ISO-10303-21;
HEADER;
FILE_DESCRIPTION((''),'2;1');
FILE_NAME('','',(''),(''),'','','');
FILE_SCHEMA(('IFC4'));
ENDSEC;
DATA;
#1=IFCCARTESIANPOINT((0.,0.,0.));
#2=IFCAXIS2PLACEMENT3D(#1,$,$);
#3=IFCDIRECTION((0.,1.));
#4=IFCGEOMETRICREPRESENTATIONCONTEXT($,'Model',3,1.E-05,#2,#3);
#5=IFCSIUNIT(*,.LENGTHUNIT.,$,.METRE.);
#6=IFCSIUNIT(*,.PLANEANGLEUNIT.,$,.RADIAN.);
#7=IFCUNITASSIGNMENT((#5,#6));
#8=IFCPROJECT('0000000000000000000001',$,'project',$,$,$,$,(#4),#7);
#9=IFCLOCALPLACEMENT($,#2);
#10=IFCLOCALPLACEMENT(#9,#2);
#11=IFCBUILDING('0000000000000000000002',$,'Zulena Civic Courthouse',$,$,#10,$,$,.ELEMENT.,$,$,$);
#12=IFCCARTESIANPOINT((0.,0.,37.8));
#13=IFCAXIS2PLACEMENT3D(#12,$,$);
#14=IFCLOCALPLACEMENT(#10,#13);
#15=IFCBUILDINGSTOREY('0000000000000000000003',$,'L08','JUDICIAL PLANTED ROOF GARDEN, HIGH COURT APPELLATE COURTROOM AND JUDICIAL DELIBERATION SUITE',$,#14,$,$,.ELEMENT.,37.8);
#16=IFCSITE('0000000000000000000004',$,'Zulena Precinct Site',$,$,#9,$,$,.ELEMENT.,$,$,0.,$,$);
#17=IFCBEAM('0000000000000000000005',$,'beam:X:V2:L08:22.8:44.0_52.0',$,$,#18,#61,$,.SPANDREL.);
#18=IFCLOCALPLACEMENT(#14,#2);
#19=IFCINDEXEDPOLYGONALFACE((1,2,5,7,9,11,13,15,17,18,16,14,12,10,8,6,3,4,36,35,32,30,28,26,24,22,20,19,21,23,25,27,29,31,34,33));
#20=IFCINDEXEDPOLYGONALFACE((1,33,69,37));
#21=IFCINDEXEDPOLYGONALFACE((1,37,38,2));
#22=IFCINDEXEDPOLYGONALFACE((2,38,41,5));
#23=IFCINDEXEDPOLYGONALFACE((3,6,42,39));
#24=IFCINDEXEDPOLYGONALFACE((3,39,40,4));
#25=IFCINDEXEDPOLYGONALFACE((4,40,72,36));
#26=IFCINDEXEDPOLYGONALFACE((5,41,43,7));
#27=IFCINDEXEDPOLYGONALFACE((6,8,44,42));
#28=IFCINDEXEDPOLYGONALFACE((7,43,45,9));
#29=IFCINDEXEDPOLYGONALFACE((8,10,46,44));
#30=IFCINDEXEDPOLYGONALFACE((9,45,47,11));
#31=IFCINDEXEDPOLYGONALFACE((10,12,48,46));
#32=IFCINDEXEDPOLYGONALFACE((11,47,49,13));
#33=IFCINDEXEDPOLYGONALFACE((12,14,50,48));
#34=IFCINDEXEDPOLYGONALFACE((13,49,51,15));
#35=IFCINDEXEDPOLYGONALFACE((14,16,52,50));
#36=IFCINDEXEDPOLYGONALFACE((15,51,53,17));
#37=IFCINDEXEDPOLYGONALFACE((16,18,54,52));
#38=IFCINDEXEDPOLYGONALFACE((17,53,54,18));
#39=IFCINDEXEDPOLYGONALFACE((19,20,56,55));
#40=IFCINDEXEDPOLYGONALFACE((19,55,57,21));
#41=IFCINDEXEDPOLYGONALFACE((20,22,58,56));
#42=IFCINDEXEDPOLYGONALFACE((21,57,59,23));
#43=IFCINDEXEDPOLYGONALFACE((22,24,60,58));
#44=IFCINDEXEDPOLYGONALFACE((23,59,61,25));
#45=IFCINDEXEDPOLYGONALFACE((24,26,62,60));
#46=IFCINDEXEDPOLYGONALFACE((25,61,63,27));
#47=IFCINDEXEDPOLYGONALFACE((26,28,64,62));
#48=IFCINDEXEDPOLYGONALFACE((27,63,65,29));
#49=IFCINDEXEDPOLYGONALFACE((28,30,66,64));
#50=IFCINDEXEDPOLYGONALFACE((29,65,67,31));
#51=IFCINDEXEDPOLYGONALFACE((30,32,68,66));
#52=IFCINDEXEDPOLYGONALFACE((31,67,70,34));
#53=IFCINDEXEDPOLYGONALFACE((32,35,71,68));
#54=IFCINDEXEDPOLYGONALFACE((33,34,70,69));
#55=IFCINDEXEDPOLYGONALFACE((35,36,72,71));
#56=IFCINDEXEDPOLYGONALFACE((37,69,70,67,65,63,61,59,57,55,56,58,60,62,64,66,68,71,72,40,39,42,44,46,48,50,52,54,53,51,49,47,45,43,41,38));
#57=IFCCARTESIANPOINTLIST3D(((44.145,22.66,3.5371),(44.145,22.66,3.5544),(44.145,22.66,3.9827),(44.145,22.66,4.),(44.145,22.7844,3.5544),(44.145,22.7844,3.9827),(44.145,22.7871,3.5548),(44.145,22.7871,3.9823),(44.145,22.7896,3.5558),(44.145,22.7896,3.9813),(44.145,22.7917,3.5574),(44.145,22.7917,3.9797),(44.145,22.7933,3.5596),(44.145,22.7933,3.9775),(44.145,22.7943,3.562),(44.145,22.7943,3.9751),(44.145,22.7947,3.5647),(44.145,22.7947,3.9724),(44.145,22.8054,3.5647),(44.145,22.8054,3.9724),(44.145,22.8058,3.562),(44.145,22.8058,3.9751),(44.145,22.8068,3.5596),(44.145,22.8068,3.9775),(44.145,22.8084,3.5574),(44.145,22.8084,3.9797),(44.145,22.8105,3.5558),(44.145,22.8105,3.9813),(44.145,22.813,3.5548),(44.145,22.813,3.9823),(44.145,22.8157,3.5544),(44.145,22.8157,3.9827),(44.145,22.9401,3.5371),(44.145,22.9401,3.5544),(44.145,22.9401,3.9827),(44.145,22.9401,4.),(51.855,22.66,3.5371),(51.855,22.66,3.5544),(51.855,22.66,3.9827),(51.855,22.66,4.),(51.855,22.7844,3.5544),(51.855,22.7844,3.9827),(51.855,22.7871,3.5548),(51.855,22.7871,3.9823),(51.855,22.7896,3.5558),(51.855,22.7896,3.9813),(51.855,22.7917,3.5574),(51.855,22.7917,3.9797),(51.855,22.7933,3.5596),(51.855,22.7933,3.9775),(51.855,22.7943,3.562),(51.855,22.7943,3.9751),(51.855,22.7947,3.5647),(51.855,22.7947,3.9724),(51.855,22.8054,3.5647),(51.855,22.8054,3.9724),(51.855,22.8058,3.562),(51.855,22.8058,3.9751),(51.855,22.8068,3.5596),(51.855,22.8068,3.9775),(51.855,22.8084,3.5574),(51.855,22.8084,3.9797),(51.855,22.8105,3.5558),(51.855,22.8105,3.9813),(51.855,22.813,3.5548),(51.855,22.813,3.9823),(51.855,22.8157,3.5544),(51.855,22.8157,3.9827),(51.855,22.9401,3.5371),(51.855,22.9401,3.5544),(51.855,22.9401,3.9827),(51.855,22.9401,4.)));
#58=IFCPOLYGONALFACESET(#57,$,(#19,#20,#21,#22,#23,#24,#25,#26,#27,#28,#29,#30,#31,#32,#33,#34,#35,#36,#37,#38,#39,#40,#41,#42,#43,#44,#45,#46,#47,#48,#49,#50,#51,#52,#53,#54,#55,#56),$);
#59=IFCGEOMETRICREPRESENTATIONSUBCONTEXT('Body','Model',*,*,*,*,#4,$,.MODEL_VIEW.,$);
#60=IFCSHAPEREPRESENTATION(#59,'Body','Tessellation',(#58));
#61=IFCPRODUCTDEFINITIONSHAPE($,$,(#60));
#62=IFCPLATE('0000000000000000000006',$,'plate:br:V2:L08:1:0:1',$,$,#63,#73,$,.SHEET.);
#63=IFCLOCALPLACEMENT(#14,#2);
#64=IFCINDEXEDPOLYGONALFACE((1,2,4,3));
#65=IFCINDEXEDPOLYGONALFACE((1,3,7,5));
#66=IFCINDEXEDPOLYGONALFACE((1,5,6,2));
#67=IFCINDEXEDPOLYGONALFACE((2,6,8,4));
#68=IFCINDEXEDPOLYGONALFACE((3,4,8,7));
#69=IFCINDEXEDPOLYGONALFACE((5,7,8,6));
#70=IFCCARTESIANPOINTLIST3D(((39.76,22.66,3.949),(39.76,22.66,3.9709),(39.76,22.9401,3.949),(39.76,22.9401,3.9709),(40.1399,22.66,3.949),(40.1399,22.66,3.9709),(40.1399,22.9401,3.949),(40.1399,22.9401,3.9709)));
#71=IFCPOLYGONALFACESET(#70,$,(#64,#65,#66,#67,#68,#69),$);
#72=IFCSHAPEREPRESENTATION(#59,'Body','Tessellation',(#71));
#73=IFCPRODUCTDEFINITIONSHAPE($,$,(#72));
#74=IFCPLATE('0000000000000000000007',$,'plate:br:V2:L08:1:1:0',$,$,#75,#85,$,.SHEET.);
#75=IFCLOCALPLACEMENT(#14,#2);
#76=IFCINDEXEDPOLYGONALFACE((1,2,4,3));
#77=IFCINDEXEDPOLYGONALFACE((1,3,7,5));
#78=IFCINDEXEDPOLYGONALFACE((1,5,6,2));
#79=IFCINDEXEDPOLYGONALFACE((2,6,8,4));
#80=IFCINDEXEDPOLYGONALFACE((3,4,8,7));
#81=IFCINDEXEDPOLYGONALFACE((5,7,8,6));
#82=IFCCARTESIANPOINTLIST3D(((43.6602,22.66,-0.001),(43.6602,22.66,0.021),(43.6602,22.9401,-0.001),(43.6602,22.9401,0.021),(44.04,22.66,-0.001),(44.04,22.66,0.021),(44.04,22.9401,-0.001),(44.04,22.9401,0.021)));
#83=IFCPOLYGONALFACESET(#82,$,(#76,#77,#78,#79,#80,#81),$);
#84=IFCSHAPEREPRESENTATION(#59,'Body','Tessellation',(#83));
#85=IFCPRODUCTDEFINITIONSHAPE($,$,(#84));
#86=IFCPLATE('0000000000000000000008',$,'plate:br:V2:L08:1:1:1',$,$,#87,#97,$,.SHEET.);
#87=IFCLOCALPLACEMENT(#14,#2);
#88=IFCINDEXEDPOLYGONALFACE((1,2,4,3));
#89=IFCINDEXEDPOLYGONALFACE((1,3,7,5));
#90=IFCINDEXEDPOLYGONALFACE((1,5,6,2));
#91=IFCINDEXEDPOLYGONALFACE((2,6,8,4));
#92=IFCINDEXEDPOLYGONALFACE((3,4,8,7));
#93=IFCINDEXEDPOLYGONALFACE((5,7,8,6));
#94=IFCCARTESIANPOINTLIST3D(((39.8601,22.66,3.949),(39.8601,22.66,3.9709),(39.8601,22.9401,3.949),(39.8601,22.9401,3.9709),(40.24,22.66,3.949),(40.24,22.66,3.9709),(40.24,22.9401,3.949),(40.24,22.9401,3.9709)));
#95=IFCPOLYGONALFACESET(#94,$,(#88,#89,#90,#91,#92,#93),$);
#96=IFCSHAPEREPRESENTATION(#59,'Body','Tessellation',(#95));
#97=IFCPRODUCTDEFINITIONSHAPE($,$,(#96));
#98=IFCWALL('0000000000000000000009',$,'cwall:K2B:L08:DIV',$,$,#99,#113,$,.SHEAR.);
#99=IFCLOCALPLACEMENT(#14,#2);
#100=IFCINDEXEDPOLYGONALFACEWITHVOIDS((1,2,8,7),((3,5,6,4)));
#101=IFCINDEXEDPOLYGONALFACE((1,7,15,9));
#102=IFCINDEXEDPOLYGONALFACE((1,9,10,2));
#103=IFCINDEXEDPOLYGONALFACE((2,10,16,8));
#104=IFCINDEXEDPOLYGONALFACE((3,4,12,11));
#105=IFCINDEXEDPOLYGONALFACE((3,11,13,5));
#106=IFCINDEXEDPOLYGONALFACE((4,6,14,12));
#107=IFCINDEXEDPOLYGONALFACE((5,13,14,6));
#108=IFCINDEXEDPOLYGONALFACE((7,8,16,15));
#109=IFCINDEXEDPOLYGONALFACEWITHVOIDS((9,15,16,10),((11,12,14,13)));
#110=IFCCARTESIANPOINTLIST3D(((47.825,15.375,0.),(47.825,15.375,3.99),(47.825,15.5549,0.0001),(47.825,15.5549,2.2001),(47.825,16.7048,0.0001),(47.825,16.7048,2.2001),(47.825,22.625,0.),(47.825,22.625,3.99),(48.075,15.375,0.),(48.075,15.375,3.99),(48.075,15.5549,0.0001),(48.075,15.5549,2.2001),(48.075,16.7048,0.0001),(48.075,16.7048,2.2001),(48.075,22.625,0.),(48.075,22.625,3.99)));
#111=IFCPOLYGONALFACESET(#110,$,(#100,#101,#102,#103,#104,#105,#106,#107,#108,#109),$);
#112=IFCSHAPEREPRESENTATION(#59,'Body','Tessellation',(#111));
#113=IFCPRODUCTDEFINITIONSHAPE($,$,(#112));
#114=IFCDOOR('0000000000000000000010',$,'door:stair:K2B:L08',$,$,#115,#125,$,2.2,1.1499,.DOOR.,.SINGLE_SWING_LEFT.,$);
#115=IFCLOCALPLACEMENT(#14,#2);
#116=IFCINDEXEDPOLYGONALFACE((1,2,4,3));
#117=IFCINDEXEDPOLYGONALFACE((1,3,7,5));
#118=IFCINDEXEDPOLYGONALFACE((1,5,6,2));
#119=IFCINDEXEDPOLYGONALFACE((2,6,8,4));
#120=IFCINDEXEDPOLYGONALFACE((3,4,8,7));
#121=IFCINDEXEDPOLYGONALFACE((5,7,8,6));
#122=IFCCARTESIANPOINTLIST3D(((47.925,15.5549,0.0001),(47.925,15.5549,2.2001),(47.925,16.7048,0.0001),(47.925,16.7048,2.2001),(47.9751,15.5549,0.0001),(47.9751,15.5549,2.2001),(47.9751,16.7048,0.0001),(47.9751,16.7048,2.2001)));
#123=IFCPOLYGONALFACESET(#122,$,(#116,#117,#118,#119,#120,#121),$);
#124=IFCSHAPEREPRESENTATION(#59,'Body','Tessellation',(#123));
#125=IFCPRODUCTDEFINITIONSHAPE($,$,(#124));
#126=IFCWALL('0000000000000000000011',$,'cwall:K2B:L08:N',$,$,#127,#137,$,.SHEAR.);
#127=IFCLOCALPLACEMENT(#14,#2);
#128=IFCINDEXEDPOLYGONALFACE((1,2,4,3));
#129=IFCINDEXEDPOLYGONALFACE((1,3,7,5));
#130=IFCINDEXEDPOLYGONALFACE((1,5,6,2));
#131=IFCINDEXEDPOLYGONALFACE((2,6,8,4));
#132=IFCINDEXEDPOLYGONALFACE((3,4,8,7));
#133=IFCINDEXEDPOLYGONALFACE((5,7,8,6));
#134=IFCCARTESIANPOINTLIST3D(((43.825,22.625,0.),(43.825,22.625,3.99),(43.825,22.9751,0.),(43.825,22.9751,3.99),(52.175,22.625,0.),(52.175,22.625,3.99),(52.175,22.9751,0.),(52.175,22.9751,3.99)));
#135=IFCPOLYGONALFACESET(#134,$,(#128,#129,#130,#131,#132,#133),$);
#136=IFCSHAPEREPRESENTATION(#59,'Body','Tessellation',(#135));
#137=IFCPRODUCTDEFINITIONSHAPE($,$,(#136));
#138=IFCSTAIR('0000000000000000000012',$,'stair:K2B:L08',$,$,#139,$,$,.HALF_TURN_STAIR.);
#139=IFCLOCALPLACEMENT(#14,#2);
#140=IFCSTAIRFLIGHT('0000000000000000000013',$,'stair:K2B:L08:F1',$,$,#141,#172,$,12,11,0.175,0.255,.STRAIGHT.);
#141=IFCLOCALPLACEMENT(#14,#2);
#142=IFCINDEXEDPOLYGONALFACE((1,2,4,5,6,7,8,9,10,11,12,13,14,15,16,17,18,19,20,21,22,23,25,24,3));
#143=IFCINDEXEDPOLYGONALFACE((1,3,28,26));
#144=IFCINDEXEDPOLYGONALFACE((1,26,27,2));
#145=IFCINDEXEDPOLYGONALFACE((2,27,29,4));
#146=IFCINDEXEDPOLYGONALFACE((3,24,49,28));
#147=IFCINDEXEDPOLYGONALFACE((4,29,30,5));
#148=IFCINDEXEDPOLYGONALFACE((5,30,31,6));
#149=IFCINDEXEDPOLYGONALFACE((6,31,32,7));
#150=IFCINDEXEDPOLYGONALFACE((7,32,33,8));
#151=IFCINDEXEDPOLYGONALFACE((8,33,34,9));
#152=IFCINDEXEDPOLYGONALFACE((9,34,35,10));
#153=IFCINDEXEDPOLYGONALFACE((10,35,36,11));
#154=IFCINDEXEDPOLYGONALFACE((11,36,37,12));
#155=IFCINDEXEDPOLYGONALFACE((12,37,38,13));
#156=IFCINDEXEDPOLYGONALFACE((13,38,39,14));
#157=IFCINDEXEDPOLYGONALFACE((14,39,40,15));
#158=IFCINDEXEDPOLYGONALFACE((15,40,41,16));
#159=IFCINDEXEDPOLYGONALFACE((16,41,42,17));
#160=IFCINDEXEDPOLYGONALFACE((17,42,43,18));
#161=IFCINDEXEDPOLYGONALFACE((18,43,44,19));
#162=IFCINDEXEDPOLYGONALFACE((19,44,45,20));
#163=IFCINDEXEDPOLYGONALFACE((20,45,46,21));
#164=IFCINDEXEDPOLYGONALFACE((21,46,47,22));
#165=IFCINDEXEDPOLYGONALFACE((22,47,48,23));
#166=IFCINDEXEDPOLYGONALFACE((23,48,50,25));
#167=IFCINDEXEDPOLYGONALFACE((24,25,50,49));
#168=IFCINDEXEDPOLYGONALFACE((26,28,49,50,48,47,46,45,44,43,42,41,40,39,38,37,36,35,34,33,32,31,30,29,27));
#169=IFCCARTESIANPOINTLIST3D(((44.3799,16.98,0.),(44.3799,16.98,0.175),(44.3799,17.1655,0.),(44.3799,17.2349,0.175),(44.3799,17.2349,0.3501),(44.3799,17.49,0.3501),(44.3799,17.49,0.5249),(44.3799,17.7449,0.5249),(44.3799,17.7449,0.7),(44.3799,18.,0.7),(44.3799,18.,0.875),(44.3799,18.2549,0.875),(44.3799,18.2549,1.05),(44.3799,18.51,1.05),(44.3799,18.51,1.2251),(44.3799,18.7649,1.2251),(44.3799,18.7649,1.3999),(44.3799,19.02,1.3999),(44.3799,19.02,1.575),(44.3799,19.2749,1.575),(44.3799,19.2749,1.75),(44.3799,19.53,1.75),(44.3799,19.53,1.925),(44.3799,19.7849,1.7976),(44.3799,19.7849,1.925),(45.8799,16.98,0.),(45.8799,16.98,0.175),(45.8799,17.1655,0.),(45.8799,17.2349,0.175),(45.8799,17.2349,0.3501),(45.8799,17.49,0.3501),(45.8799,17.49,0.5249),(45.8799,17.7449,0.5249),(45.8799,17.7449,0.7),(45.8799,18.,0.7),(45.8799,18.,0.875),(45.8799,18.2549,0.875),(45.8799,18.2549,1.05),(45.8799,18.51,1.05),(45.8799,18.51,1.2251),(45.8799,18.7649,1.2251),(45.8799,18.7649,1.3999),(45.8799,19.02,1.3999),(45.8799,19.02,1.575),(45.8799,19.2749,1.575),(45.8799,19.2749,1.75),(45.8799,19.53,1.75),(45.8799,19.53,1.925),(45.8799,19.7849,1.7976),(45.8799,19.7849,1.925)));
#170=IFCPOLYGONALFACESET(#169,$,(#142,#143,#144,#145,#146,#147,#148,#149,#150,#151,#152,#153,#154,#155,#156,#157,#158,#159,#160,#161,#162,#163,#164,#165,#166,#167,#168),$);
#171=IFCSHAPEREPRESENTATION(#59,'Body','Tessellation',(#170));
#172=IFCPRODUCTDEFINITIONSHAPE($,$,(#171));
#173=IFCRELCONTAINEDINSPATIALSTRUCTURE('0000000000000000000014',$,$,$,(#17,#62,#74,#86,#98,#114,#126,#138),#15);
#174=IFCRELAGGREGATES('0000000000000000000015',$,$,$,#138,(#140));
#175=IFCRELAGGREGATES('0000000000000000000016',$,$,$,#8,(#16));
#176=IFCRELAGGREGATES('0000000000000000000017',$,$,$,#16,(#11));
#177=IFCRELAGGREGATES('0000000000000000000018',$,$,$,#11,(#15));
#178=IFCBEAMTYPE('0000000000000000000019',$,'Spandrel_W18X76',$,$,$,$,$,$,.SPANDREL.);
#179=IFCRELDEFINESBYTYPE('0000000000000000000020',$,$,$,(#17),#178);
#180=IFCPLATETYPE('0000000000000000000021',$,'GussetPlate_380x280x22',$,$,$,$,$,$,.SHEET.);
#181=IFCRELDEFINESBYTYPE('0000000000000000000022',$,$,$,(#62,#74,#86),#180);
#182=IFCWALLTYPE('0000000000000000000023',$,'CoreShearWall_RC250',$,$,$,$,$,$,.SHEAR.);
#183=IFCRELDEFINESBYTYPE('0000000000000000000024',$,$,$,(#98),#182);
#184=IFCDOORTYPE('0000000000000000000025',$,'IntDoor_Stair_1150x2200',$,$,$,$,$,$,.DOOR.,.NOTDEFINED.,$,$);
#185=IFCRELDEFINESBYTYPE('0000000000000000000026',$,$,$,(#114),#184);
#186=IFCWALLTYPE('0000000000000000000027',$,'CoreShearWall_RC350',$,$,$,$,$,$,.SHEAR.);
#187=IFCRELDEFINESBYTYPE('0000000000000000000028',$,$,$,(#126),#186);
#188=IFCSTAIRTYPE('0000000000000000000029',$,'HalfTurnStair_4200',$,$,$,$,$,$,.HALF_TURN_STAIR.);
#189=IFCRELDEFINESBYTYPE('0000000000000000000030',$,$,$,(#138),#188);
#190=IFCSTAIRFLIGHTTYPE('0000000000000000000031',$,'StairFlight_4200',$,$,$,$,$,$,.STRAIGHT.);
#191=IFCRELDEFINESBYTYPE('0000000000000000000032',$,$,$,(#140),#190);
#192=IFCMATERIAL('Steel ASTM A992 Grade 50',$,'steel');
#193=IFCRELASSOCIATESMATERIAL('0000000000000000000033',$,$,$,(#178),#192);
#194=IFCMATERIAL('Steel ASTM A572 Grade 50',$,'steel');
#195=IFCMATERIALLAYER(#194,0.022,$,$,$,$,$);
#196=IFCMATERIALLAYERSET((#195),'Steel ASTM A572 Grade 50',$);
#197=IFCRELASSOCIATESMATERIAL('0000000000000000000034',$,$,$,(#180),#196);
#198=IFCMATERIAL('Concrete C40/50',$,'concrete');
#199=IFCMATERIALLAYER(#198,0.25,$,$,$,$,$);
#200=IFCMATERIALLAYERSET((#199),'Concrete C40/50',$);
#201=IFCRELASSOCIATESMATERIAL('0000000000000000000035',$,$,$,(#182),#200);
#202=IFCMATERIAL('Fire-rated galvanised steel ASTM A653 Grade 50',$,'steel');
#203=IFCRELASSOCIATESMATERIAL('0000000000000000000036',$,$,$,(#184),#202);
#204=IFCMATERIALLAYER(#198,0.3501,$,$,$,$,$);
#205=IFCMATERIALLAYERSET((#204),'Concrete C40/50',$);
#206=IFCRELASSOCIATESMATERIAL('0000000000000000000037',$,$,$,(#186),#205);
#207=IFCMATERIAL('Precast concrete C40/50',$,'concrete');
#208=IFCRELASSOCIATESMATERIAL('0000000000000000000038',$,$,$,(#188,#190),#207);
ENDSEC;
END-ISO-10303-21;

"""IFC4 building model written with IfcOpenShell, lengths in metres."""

from ifc_helpers import new_model, si_unit, direction, frame, frame_2d, origin, origin_2d, place, context, subcontext, project, spatial, polyline, rectangle, i_section, outline, extrude, material, layer, layer_set, material_profile, profile_set, type_object, element, fill, aggregate, save


model = new_model("IFC4")

# Units and contexts
model_context = context("Model", 3, precision=1e-05, world=origin(), true_north=direction((0.0, 1.0)))
body_context = subcontext(model_context, "Body", "Model", "MODEL_VIEW")
ifc_project = project(units=[si_unit("LENGTHUNIT", "METRE"), si_unit("PLANEANGLEUNIT", "RADIAN")], contexts=[model_context])

# Site, building, storey
site_placement = place(None, origin())
site = spatial("IfcSite", under=ifc_project, at=site_placement, Name="Zulena Precinct Site", CompositionType="ELEMENT", RefElevation=0.0)
building_placement = place(site_placement, origin())
building = spatial("IfcBuilding", under=site, at=building_placement, Name="Zulena Civic Courthouse", CompositionType="ELEMENT")
storey_placement = place(building_placement, frame((0.0, 0.0, 37.8)))
storey = spatial("IfcBuildingStorey", under=building, at=storey_placement, Name="L08", Description="JUDICIAL PLANTED ROOF GARDEN, HIGH COURT APPELLATE COURTROOM AND JUDICIAL DELIBERATION SUITE", CompositionType="ELEMENT", Elevation=37.8)

# Shared definitions
ifc_material_1 = material(Name="Steel ASTM A992 Grade 50", Category="steel")

# Beam
ifc_material_profile_1 = material_profile(ifc_material_1, i_section(OverallWidth=0.28, OverallDepth=0.4629, WebThickness=0.0107, FlangeThickness=0.0173, FilletRadius=0.0103, at=origin_2d()), Name="W18X76")
ifc_profile_set_1 = profile_set([ifc_material_profile_1], Name="Steel ASTM A992 Grade 50")
beam_type_1 = type_object("IfcBeamType", Name="Spandrel_W18X76", PredefinedType="SPANDREL", material=ifc_profile_set_1)
beam_placement = place(storey_placement, frame((44.145, 22.8, 3.7686), z_axis=(1.0, 0.0, 0.0), x_axis=(0.0, 1.0, 0.0)))
element("IfcBeam", 1, at=beam_placement, inside=storey, type_object=beam_type_1, Name="beam:X:V2:L08:22.8:44.0_52.0", PredefinedType="SPANDREL", context=body_context, shape_type="SweptSolid", body=[
    extrude(i_section(OverallWidth=0.28, OverallDepth=0.4629, WebThickness=0.0107, FlangeThickness=0.0173, FilletRadius=0.0103, at=origin_2d()), origin(), (0.0, 0.0, 1.0), 7.71),
])

# Plates
ifc_material_2 = material(Name="Steel ASTM A572 Grade 50", Category="steel")
ifc_layer_1 = layer(ifc_material_2, 0.022)
ifc_layer_set_1 = layer_set([ifc_layer_1], Name="Steel ASTM A572 Grade 50")
plate_type = type_object("IfcPlateType", Name="GussetPlate_380x280x22", PredefinedType="SHEET", material=ifc_layer_set_1)
for number, where, z_axis, x_axis, name in (
    (2, (39.95, 22.8, 3.949), (0.0, 0.0, 1.0), (1.0, 0.0, 0.0), "plate:br:V2:L08:1:0:1"),
    (3, (43.8501, 22.8, -0.001), (0.0, 0.0, 1.0), (1.0, 0.0, 0.0), "plate:br:V2:L08:1:1:0"),
    (4, (40.05, 22.8, 3.949), (0.0, 0.0, 1.0), (1.0, 0.0, 0.0), "plate:br:V2:L08:1:1:1"),
):
    element("IfcPlate", number, at=place(storey_placement, frame(where, z_axis=z_axis, x_axis=x_axis)), inside=storey, type_object=plate_type, Name=name, PredefinedType="SHEET", context=body_context, shape_type="SweptSolid", body=[
        extrude(rectangle(XDim=0.3799, YDim=0.28, at=origin_2d()), origin(), (0.0, 0.0, 1.0), 0.022),
    ])

# Wall, opening, door
ifc_material_3 = material(Name="Concrete C40/50", Category="concrete")
ifc_layer_2 = layer(ifc_material_3, 0.25)
ifc_layer_set_2 = layer_set([ifc_layer_2], Name="Concrete C40/50")
wall_type_1 = type_object("IfcWallType", Name="CoreShearWall_RC250", PredefinedType="SHEAR", material=ifc_layer_set_2)
wall_1_placement = place(storey_placement, frame((47.95, 15.375, 0.0), z_axis=(0.0, 0.0, 1.0), x_axis=(0.0, 1.0, 0.0)))
wall_1 = element("IfcWall", 5, at=wall_1_placement, inside=storey, type_object=wall_type_1, Name="cwall:K2B:L08:DIV", PredefinedType="SHEAR", context=body_context, shape_type="SweptSolid", body=[
    extrude(rectangle(XDim=7.25, YDim=0.25, at=frame_2d((3.625, 0.0))), origin(), (0.0, 0.0, 1.0), 3.99),
])
opening_placement = place(wall_1_placement, frame((0.1799, 0.0, 0.0)))
opening = element("IfcOpeningElement", 6, at=opening_placement, cuts=wall_1, PredefinedType="OPENING", context=body_context, shape_type="SweptSolid", body=[
    extrude(rectangle(XDim=1.1499, YDim=2.2, at=frame_2d((0.575, 1.1001))), frame((0.0, 0.135, 0.0), z_axis=(0.0, -1.0, 0.0), x_axis=(1.0, 0.0, 0.0)), (0.0, 0.0, 1.0), 0.27),
])
ifc_material_4 = material(Name="Fire-rated galvanised steel ASTM A653 Grade 50", Category="steel")
door_type = type_object("IfcDoorType", Name="IntDoor_Stair_1150x2200", OperationType="NOTDEFINED", PredefinedType="DOOR", material=ifc_material_4)
door_placement = place(opening_placement, origin())
door = element("IfcDoor", 7, at=door_placement, inside=storey, type_object=door_type, Name="door:stair:K2B:L08", OperationType="SINGLE_SWING_LEFT", OverallHeight=2.2, OverallWidth=1.1499, PredefinedType="DOOR", context=body_context, shape_type="SweptSolid", body=[
    extrude(rectangle(XDim=1.1499, YDim=2.2, at=frame_2d((0.575, 1.1001))), frame((0.0, 0.0249, 0.0), z_axis=(0.0, -1.0, 0.0), x_axis=(1.0, 0.0, 0.0)), (0.0, 0.0, 1.0), 0.05),
])
fill(opening, door)

# Wall
ifc_layer_3 = layer(ifc_material_3, 0.3501)
ifc_layer_set_3 = layer_set([ifc_layer_3], Name="Concrete C40/50")
wall_type_2 = type_object("IfcWallType", Name="CoreShearWall_RC350", PredefinedType="SHEAR", material=ifc_layer_set_3)
wall_2_placement = place(storey_placement, frame((43.825, 22.8, 0.0), z_axis=(0.0, 0.0, 1.0), x_axis=(1.0, 0.0, 0.0)))
element("IfcWall", 8, at=wall_2_placement, inside=storey, type_object=wall_type_2, Name="cwall:K2B:L08:N", PredefinedType="SHEAR", context=body_context, shape_type="SweptSolid", body=[
    extrude(rectangle(XDim=8.3501, YDim=0.3501, at=frame_2d((4.175, 0.0))), origin(), (0.0, 0.0, 1.0), 3.99),
])

# Stair, stair flight
ifc_material_5 = material(Name="Precast concrete C40/50", Category="concrete")
stair_type = type_object("IfcStairType", Name="HalfTurnStair_4200", PredefinedType="HALF_TURN_STAIR", material=ifc_material_5)
stair_placement = place(storey_placement, origin())
stair = element("IfcStair", 9, at=stair_placement, inside=storey, type_object=stair_type, Name="stair:K2B:L08", PredefinedType="HALF_TURN_STAIR")
stair_flight_type = type_object("IfcStairFlightType", Name="StairFlight_4200", PredefinedType="STRAIGHT", material=ifc_material_5)
stair_flight_1_placement = place(storey_placement, frame((45.1299, 16.98, 0.0), z_axis=(0.0, 0.0, 1.0), x_axis=(0.0, 1.0, 0.0)))
stair_flight_1 = element("IfcStairFlight", 10, at=stair_flight_1_placement, type_object=stair_flight_type, Name="stair:K2B:L08:F1", NumberOfRisers=12, NumberOfTreads=11, PredefinedType="STRAIGHT", RiserHeight=0.175, TreadLength=0.255, context=body_context, shape_type="SweptSolid", body=[
    extrude(outline(polyline([(0.0, 0.0), (0.0, 0.175), (0.2549, 0.175), (0.2549, 0.3501), (0.51, 0.3501), (0.51, 0.5249), (0.7649, 0.5249), (0.7649, 0.7), (1.02, 0.7), (1.02, 0.875), (1.2749, 0.875), (1.2749, 1.05), (1.53, 1.05), (1.53, 1.2251), (1.7849, 1.2251), (1.7849, 1.3999), (2.04, 1.3999), (2.04, 1.575), (2.2949, 1.575), (2.2949, 1.75), (2.55, 1.75), (2.55, 1.925), (2.8049, 1.925), (2.8049, 2.1001), (2.8049, 1.7976), (0.1855, 0.0), (0.0, 0.0)])), frame((0.0, 0.75, 0.0), z_axis=(0.0, -1.0, 0.0), x_axis=(1.0, 0.0, 0.0)), (0.0, 0.0, 1.0), 1.5),
])
aggregate(stair, [stair_flight_1])

save(model, "model.ifc")
